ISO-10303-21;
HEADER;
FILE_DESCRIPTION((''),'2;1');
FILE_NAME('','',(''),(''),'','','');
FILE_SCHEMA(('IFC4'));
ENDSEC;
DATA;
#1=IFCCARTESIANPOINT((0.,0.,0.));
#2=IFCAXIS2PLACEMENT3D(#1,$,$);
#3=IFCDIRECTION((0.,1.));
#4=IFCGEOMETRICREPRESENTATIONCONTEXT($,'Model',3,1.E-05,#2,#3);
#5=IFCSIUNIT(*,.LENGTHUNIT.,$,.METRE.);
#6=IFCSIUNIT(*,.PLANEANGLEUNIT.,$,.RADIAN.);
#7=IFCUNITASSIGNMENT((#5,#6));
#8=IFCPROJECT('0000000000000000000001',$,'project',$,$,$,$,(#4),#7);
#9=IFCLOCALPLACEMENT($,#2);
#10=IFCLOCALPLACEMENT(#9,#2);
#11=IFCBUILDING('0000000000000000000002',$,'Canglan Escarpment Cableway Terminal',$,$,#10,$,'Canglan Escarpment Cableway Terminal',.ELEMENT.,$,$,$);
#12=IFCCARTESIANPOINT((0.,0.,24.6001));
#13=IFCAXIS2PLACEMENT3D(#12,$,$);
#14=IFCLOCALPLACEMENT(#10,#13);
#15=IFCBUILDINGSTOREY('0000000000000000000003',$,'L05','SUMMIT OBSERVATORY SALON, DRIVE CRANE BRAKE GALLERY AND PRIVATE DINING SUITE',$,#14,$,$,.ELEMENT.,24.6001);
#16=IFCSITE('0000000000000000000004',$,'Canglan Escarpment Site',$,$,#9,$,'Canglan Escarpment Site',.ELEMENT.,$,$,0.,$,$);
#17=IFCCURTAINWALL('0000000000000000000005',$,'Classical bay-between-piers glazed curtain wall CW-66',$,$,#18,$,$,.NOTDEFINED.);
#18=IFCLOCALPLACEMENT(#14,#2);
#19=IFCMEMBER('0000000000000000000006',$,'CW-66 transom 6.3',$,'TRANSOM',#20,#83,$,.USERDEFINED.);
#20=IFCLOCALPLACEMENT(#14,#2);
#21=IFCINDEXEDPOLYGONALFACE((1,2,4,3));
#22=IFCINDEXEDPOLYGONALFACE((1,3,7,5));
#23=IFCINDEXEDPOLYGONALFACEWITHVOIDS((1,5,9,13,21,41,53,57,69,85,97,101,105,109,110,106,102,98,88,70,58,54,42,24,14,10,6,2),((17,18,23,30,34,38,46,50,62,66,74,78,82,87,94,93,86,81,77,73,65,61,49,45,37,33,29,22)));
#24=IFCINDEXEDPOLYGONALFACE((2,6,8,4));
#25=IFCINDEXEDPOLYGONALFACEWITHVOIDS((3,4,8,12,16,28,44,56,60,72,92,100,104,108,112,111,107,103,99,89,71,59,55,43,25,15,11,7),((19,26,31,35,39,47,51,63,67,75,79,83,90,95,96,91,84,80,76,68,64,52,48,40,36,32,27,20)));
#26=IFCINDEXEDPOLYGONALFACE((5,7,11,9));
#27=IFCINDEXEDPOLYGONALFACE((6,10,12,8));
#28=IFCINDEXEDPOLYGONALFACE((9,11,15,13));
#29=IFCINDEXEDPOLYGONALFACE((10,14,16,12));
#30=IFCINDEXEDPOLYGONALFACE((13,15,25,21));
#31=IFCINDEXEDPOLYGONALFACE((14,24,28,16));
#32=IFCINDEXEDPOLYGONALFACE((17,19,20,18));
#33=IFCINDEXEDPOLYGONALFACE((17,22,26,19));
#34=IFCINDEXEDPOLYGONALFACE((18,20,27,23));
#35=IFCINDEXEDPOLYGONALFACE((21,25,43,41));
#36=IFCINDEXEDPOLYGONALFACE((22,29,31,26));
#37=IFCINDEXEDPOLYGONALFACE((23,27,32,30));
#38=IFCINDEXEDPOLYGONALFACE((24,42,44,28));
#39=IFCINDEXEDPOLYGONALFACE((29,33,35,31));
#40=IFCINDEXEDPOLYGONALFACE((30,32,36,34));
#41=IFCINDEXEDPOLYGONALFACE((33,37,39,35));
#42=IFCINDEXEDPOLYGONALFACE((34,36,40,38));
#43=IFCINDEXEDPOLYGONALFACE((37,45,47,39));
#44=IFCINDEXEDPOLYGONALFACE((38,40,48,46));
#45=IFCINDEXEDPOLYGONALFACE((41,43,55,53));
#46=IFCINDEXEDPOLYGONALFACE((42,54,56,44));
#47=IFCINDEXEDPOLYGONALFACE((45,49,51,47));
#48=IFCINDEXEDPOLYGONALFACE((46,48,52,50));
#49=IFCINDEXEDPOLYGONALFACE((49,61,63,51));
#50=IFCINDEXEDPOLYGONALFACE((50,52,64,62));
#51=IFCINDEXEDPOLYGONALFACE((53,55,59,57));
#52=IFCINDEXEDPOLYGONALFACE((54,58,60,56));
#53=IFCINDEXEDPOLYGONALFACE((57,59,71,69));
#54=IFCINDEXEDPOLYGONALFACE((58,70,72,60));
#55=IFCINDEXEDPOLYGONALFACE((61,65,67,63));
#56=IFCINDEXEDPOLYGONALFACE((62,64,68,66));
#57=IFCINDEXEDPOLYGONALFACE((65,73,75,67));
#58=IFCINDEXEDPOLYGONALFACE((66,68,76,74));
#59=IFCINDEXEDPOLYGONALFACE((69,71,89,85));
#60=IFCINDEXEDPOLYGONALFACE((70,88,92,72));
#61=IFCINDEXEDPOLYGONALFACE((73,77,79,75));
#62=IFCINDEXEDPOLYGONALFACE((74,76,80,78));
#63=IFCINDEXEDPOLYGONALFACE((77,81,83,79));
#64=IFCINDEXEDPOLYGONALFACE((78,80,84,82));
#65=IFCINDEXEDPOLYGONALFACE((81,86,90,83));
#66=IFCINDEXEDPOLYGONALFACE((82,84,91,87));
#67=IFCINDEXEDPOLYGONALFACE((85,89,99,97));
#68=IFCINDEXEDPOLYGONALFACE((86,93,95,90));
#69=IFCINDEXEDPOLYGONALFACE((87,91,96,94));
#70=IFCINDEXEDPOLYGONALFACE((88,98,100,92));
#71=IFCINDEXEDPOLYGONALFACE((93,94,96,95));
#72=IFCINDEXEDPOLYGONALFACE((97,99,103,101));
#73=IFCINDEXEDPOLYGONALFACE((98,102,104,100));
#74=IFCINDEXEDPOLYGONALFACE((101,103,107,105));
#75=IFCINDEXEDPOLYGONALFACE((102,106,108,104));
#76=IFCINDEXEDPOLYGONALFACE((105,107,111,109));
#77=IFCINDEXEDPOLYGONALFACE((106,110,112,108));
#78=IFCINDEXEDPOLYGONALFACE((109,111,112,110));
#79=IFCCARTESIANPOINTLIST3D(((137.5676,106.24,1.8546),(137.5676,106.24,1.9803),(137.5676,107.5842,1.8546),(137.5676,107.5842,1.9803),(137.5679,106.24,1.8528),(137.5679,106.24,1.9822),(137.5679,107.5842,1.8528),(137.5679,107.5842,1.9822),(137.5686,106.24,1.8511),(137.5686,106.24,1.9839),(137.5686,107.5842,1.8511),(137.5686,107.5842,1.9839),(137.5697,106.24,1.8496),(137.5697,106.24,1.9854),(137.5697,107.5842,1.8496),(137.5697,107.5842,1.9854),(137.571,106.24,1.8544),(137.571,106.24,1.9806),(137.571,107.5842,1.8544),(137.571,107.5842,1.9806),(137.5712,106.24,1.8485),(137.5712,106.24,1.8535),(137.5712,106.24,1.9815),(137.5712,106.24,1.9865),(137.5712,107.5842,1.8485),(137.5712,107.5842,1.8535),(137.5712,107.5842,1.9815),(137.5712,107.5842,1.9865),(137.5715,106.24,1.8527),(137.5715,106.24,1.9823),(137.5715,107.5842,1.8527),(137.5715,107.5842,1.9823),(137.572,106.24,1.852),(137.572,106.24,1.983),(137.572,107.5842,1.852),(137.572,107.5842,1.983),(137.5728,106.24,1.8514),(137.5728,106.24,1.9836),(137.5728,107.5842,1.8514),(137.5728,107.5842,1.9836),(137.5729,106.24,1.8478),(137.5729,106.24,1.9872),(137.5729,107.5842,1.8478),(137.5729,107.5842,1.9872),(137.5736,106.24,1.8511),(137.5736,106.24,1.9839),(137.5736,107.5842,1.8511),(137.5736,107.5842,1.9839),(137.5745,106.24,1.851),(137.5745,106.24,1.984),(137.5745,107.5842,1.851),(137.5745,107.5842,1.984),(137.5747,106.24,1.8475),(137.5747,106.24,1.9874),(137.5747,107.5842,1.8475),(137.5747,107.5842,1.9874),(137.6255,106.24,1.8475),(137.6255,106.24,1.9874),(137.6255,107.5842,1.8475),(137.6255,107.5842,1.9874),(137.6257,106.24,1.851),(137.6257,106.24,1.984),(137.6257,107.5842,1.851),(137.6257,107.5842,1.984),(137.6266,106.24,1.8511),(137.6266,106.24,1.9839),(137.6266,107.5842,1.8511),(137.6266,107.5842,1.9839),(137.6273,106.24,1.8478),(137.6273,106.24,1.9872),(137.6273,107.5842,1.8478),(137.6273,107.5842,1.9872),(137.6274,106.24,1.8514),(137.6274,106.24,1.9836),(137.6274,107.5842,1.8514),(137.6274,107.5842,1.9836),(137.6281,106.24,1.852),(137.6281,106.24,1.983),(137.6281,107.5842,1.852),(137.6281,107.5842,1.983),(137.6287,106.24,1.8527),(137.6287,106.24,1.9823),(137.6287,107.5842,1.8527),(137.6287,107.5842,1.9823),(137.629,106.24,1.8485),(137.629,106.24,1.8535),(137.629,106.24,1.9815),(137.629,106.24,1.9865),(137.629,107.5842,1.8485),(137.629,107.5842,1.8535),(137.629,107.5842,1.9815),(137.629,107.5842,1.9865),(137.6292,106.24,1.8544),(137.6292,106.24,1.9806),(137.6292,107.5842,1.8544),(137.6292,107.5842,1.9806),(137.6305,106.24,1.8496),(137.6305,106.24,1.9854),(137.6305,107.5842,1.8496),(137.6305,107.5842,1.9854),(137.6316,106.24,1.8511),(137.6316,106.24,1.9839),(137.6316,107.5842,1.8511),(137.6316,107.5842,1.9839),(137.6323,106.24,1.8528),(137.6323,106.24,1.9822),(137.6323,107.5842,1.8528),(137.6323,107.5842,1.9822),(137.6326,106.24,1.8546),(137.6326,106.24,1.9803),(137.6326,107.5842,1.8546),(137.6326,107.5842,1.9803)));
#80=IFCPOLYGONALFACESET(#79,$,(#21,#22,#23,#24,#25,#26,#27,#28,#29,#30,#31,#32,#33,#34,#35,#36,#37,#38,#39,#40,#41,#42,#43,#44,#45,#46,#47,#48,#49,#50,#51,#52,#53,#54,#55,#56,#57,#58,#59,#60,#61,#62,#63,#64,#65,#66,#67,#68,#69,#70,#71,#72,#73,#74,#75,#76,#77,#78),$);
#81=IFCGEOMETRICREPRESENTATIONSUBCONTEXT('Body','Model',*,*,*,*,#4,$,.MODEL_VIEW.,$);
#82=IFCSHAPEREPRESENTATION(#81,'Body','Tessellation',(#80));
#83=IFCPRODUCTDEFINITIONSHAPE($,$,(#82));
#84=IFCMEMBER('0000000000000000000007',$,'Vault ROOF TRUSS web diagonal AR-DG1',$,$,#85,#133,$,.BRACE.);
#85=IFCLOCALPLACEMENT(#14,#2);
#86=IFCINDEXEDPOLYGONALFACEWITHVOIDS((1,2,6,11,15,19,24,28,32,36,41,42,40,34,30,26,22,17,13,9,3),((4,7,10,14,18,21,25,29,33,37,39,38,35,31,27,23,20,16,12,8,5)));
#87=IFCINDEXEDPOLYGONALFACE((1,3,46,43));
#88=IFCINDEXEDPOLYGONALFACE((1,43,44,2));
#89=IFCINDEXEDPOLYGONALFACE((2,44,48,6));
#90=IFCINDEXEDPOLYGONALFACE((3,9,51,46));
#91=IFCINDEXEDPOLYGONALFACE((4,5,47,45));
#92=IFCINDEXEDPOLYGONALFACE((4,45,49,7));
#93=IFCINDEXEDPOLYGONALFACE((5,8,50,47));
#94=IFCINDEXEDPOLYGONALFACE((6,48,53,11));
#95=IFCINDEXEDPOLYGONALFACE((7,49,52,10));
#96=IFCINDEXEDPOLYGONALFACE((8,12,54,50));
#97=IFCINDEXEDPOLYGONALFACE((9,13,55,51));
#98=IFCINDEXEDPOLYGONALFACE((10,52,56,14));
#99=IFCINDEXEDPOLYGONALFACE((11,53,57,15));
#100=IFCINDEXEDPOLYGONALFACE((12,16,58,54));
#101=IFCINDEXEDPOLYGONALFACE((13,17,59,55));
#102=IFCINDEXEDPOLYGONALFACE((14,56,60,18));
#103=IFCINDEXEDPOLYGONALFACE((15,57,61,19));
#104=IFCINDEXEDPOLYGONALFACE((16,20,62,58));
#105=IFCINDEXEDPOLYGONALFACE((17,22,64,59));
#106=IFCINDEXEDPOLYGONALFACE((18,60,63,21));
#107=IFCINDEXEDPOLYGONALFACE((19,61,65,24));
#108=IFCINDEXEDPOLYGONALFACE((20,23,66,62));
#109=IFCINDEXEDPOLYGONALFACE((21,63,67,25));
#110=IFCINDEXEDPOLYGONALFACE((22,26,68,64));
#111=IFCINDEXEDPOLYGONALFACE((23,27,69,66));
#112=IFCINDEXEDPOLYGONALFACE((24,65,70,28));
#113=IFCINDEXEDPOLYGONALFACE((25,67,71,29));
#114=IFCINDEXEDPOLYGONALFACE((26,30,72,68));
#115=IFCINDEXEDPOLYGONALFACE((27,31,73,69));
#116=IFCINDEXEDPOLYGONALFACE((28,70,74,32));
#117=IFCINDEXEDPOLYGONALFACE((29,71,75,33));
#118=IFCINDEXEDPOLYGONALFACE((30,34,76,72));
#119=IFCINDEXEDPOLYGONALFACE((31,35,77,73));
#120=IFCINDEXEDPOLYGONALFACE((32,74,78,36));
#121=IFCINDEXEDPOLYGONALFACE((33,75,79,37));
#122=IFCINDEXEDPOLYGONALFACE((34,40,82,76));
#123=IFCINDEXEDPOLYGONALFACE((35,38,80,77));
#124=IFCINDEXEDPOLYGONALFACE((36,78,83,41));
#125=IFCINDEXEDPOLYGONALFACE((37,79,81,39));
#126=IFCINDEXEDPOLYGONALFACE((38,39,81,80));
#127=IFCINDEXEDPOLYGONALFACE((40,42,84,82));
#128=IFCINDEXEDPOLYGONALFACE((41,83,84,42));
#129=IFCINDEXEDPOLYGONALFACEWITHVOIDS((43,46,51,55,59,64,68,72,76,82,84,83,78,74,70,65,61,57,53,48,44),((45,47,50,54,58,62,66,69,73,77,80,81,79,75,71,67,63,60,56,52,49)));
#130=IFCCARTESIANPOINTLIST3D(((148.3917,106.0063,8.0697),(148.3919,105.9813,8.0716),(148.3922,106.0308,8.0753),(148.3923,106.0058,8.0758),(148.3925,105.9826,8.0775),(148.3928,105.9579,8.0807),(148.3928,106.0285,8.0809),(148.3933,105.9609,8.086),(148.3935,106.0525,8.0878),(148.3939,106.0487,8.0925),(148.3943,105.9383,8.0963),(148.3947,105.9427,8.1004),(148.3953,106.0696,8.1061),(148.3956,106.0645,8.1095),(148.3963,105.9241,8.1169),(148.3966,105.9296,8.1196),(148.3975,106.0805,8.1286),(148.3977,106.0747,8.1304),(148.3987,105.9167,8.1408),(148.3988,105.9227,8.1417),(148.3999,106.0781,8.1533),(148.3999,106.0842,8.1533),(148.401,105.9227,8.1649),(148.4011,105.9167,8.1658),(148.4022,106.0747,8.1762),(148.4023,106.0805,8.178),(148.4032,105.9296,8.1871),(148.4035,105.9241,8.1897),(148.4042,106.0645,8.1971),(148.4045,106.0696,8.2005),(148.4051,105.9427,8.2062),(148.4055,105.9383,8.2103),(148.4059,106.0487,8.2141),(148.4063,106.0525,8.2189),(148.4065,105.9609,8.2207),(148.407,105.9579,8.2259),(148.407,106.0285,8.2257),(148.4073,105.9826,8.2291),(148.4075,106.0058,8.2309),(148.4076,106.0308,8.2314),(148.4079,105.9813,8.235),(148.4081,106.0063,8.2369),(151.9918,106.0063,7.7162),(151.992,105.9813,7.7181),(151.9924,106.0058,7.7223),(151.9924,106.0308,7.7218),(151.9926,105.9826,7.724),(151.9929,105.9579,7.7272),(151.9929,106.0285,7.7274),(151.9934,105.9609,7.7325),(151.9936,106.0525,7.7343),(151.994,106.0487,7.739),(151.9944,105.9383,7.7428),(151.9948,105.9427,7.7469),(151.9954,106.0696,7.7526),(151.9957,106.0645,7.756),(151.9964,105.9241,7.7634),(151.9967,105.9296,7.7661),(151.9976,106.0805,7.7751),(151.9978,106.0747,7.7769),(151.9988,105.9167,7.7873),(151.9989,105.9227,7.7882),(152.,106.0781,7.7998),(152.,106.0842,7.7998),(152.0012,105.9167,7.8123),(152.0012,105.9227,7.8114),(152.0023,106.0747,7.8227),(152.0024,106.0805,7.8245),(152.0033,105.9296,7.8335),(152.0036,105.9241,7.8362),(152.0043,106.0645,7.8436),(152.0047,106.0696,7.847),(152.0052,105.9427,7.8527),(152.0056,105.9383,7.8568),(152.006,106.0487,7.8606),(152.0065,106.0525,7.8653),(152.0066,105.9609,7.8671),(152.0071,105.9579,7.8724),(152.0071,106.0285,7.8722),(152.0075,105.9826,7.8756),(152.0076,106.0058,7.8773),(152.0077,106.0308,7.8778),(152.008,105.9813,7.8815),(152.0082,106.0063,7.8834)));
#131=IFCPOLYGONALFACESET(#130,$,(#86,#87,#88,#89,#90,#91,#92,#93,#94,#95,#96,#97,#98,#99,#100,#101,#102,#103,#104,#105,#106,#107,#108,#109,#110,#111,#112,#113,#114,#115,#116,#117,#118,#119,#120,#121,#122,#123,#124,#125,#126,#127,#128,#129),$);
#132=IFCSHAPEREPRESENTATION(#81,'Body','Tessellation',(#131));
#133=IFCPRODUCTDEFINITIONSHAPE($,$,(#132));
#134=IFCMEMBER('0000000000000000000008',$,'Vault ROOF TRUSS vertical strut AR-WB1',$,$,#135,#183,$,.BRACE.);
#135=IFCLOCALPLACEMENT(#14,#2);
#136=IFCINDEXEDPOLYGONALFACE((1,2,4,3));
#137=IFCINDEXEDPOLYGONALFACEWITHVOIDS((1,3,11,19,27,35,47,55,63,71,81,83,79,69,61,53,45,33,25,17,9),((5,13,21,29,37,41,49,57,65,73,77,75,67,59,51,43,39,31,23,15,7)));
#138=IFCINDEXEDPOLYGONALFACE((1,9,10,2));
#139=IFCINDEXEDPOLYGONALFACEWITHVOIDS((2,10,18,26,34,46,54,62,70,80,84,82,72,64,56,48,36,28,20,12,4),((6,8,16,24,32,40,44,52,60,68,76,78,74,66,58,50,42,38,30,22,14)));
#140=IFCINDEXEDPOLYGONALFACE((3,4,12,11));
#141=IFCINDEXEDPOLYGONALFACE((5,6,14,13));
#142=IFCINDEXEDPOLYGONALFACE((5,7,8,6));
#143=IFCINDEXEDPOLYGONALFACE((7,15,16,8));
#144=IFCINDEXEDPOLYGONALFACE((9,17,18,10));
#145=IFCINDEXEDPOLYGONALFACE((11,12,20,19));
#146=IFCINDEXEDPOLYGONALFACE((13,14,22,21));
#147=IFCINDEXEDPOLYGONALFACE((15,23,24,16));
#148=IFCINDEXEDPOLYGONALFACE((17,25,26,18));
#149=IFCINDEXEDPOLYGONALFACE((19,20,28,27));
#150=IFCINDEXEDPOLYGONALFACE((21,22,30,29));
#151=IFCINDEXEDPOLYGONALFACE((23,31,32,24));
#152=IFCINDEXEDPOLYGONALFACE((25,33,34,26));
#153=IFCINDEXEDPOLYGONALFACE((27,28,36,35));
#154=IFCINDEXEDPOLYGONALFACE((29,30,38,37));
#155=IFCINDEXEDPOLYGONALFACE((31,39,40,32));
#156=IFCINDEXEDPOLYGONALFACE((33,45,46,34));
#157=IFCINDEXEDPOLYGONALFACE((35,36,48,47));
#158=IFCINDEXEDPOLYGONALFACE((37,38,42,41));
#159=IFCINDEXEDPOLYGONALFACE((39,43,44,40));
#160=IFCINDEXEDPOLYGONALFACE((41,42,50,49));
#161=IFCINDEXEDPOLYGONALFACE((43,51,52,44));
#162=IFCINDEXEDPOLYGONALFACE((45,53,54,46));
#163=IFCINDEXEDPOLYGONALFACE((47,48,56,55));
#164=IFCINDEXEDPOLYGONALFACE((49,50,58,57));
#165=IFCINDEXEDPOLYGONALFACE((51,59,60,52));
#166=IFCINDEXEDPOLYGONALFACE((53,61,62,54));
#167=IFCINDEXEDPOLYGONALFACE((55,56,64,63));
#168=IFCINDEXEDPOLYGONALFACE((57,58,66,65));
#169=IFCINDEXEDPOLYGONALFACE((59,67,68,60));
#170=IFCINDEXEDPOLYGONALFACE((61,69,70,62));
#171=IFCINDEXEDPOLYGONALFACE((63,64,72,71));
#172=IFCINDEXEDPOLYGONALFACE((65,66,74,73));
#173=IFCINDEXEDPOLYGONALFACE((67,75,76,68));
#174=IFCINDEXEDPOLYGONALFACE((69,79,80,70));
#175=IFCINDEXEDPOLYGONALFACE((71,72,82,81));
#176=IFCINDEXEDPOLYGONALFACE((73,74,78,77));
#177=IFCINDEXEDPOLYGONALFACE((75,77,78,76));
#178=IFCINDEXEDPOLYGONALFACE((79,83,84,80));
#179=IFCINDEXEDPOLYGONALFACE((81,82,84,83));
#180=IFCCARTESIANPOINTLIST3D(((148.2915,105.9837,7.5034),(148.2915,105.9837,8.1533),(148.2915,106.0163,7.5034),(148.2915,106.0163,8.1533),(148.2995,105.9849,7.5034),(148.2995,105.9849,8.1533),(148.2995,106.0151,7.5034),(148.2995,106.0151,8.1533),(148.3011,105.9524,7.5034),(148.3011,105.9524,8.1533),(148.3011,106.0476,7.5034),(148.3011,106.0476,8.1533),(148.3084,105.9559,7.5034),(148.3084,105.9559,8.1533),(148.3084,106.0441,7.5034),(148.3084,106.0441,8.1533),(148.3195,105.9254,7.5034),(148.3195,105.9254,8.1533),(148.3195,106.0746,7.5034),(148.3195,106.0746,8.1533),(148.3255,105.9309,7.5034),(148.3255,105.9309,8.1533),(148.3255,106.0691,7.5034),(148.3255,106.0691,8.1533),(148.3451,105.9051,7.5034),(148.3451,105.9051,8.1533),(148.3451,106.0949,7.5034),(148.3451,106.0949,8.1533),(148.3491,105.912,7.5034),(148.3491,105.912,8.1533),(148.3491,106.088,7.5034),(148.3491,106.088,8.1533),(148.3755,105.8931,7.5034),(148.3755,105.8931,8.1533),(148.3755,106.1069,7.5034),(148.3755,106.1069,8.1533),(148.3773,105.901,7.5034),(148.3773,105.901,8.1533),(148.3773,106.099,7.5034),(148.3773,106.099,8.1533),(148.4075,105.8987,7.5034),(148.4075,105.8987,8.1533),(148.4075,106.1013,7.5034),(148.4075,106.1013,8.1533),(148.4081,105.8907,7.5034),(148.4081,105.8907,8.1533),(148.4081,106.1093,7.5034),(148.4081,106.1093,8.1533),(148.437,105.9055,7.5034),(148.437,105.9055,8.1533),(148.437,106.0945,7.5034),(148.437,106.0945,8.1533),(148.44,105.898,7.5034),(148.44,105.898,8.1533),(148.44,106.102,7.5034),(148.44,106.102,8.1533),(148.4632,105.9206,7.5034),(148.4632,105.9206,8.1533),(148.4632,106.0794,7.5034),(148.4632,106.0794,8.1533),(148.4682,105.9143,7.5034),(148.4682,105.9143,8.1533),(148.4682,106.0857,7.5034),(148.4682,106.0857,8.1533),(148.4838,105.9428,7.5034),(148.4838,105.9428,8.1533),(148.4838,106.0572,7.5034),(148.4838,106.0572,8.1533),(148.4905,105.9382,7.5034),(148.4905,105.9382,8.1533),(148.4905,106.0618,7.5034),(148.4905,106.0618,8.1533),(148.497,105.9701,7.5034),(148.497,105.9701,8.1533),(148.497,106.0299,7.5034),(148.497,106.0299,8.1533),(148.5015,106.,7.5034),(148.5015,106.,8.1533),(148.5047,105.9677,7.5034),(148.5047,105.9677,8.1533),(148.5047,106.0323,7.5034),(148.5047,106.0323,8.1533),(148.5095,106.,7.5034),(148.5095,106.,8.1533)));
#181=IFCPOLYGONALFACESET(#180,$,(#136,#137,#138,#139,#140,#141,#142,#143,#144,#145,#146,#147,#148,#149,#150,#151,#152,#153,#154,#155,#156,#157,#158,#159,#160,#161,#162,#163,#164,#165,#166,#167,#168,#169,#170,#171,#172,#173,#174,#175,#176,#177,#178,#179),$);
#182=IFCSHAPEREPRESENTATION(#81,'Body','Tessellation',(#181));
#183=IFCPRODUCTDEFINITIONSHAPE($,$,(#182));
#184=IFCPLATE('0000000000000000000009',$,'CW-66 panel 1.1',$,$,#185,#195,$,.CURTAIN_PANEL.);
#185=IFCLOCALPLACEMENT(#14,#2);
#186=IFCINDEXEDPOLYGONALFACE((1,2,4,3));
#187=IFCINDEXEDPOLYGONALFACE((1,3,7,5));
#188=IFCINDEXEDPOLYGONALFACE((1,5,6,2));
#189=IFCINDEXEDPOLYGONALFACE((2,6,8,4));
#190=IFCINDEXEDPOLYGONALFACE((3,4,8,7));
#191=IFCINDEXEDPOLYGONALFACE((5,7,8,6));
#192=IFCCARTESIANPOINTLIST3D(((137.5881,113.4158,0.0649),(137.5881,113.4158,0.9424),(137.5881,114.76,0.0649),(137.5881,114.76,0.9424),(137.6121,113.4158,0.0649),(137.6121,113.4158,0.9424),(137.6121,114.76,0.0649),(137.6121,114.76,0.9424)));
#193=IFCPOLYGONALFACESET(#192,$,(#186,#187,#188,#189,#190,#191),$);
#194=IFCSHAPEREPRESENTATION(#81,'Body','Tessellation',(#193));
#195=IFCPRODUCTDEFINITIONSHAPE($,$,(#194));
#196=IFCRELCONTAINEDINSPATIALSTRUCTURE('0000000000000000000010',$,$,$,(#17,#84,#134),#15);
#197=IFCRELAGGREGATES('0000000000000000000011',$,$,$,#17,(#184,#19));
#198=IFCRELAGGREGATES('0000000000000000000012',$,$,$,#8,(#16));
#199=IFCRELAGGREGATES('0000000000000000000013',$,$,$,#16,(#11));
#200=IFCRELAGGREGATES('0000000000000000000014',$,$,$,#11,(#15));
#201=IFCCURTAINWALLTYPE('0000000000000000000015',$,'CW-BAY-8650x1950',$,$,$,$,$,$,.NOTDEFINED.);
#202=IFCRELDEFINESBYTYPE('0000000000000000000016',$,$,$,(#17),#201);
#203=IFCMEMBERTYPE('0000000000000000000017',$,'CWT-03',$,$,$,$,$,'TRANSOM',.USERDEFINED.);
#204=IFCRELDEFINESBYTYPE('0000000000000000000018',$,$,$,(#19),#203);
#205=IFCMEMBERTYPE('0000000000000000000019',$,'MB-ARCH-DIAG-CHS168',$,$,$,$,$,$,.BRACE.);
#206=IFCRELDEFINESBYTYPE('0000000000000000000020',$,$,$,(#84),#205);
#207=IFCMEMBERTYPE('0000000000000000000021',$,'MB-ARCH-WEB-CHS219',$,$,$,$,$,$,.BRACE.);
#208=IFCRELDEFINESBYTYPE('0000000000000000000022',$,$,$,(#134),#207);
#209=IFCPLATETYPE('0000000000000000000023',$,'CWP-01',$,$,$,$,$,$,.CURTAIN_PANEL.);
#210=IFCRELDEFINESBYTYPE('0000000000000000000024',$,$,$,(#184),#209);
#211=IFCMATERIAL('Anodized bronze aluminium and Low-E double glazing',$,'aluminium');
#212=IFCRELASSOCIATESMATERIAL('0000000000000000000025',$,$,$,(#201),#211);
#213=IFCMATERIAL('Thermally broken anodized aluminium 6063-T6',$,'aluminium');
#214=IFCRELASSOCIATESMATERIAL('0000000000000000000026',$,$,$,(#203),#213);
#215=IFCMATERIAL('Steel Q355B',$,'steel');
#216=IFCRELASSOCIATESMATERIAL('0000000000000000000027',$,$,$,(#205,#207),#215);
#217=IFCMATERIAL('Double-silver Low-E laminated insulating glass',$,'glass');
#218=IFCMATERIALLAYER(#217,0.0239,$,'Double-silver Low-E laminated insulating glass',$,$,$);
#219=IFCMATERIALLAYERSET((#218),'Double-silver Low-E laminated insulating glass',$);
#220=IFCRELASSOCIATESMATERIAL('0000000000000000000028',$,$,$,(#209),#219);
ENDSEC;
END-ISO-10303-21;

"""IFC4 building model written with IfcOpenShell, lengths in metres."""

from ifc_helpers import new_model, si_unit, direction, frame, origin, origin_2d, place, context, subcontext, project, spatial, rectangle, hollow_rectangle, hollow_circle, extrude, material, layer, layer_set, material_profile, profile_set, type_object, element, aggregate, save


model = new_model("IFC4")

# Units and contexts
model_context = context("Model", 3, precision=1e-05, world=origin(), true_north=direction((0.0, 1.0)))
body_context = subcontext(model_context, "Body", "Model", "MODEL_VIEW")
ifc_project = project(units=[si_unit("LENGTHUNIT", "METRE"), si_unit("PLANEANGLEUNIT", "RADIAN")], contexts=[model_context])

# Site, building, storey
site_placement = place(None, origin())
site = spatial("IfcSite", under=ifc_project, at=site_placement, Name="Canglan Escarpment Site", LongName="Canglan Escarpment Site", CompositionType="ELEMENT", RefElevation=0.0)
building_placement = place(site_placement, origin())
building = spatial("IfcBuilding", under=site, at=building_placement, Name="Canglan Escarpment Cableway Terminal", LongName="Canglan Escarpment Cableway Terminal", CompositionType="ELEMENT")
storey_placement = place(building_placement, frame((0.0, 0.0, 24.6001)))
storey = spatial("IfcBuildingStorey", under=building, at=storey_placement, Name="L05", Description="SUMMIT OBSERVATORY SALON, DRIVE CRANE BRAKE GALLERY AND PRIVATE DINING SUITE", CompositionType="ELEMENT", Elevation=24.6001)

# Curtain wall, member
ifc_material_1 = material(Name="Anodized bronze aluminium and Low-E double glazing", Category="aluminium")
curtain_wall_type = type_object("IfcCurtainWallType", Name="CW-BAY-8650x1950", PredefinedType="NOTDEFINED", material=ifc_material_1)
curtain_wall_placement = place(storey_placement, origin())
curtain_wall = element("IfcCurtainWall", 1, at=curtain_wall_placement, inside=storey, type_object=curtain_wall_type, Name="Classical bay-between-piers glazed curtain wall CW-66", PredefinedType="NOTDEFINED")
ifc_material_2 = material(Name="Thermally broken anodized aluminium 6063-T6", Category="aluminium")
ifc_material_profile_1 = material_profile(ifc_material_2, hollow_rectangle(XDim=0.0649, YDim=0.1399, WallThickness=0.0034, InnerFilletRadius=0.0034, OuterFilletRadius=0.0071, at=origin_2d()), Name="ALU-TRAN 65x140x3.5")
ifc_profile_set_1 = profile_set([ifc_material_profile_1], Name="Thermally broken anodized aluminium 6063-T6")
member_type_1 = type_object("IfcMemberType", Name="CWT-03", ElementType="TRANSOM", PredefinedType="USERDEFINED", material=ifc_profile_set_1)
member_1_placement = place(storey_placement, frame((137.6001, 107.5842, 1.9175), z_axis=(0.0, -1.0, 0.0), x_axis=(1.0, 0.0, 0.0)))
member_1 = element("IfcMember", 2, at=member_1_placement, type_object=member_type_1, Name="CW-66 transom 6.3", ObjectType="TRANSOM", PredefinedType="USERDEFINED", context=body_context, shape_type="SweptSolid", body=[
    extrude(hollow_rectangle(XDim=0.0649, YDim=0.1399, WallThickness=0.0034, InnerFilletRadius=0.0034, OuterFilletRadius=0.0071, at=origin_2d()), origin(), (0.0, 0.0, 1.0), 1.3442),
])

# Members
ifc_material_3 = material(Name="Steel Q355B", Category="steel")
ifc_material_profile_2 = material_profile(ifc_material_3, hollow_circle(Radius=0.0842, WallThickness=0.0061, at=origin_2d()), Name="CHS 168.3x6")
ifc_profile_set_2 = profile_set([ifc_material_profile_2], Name="Steel Q355B")
member_type_2 = type_object("IfcMemberType", Name="MB-ARCH-DIAG-CHS168", PredefinedType="BRACE", material=ifc_profile_set_2)
member_2_placement = place(storey_placement, frame((148.3999, 106.0, 8.1533), z_axis=(0.995213, 0.0, -0.097726), x_axis=(0.0, 1.0, 0.0)))
element("IfcMember", 3, at=member_2_placement, inside=storey, type_object=member_type_2, Name="Vault ROOF TRUSS web diagonal AR-DG1", PredefinedType="BRACE", context=body_context, shape_type="SweptSolid", body=[
    extrude(hollow_circle(Radius=0.0842, WallThickness=0.0061, at=origin_2d()), origin(), (0.0, 0.0, 1.0), 3.6174),
])
ifc_material_profile_3 = material_profile(ifc_material_3, hollow_circle(Radius=0.1096, WallThickness=0.0081, at=origin_2d()), Name="CHS 219.1x8")
ifc_profile_set_3 = profile_set([ifc_material_profile_3], Name="Steel Q355B")
member_type_3 = type_object("IfcMemberType", Name="MB-ARCH-WEB-CHS219", PredefinedType="BRACE", material=ifc_profile_set_3)
member_3_placement = place(storey_placement, frame((148.3999, 106.0, 7.5034), z_axis=(0.0, 0.0, 1.0), x_axis=(1.0, 0.0, 0.0)))
element("IfcMember", 4, at=member_3_placement, inside=storey, type_object=member_type_3, Name="Vault ROOF TRUSS vertical strut AR-WB1", PredefinedType="BRACE", context=body_context, shape_type="SweptSolid", body=[
    extrude(hollow_circle(Radius=0.1096, WallThickness=0.0081, at=origin_2d()), origin(), (0.0, 0.0, 1.0), 0.6499),
])

# Plate
ifc_material_4 = material(Name="Double-silver Low-E laminated insulating glass", Category="glass")
ifc_layer_1 = layer(ifc_material_4, 0.0239, Name="Double-silver Low-E laminated insulating glass")
ifc_layer_set_1 = layer_set([ifc_layer_1], Name="Double-silver Low-E laminated insulating glass")
plate_type_1 = type_object("IfcPlateType", Name="CWP-01", PredefinedType="CURTAIN_PANEL", material=ifc_layer_set_1)
plate_1_placement = place(storey_placement, frame((137.6001, 114.0879, 0.0649), z_axis=(0.0, 0.0, 1.0), x_axis=(0.0, -1.0, 0.0)))
plate_1 = element("IfcPlate", 5, at=plate_1_placement, type_object=plate_type_1, Name="CW-66 panel 1.1", PredefinedType="CURTAIN_PANEL", context=body_context, shape_type="SweptSolid", body=[
    extrude(rectangle(XDim=1.3442, YDim=0.0239, at=origin_2d()), origin(), (0.0, 0.0, 1.0), 0.8774),
])
aggregate(curtain_wall, [plate_1, member_1])

save(model, "model.ifc")
